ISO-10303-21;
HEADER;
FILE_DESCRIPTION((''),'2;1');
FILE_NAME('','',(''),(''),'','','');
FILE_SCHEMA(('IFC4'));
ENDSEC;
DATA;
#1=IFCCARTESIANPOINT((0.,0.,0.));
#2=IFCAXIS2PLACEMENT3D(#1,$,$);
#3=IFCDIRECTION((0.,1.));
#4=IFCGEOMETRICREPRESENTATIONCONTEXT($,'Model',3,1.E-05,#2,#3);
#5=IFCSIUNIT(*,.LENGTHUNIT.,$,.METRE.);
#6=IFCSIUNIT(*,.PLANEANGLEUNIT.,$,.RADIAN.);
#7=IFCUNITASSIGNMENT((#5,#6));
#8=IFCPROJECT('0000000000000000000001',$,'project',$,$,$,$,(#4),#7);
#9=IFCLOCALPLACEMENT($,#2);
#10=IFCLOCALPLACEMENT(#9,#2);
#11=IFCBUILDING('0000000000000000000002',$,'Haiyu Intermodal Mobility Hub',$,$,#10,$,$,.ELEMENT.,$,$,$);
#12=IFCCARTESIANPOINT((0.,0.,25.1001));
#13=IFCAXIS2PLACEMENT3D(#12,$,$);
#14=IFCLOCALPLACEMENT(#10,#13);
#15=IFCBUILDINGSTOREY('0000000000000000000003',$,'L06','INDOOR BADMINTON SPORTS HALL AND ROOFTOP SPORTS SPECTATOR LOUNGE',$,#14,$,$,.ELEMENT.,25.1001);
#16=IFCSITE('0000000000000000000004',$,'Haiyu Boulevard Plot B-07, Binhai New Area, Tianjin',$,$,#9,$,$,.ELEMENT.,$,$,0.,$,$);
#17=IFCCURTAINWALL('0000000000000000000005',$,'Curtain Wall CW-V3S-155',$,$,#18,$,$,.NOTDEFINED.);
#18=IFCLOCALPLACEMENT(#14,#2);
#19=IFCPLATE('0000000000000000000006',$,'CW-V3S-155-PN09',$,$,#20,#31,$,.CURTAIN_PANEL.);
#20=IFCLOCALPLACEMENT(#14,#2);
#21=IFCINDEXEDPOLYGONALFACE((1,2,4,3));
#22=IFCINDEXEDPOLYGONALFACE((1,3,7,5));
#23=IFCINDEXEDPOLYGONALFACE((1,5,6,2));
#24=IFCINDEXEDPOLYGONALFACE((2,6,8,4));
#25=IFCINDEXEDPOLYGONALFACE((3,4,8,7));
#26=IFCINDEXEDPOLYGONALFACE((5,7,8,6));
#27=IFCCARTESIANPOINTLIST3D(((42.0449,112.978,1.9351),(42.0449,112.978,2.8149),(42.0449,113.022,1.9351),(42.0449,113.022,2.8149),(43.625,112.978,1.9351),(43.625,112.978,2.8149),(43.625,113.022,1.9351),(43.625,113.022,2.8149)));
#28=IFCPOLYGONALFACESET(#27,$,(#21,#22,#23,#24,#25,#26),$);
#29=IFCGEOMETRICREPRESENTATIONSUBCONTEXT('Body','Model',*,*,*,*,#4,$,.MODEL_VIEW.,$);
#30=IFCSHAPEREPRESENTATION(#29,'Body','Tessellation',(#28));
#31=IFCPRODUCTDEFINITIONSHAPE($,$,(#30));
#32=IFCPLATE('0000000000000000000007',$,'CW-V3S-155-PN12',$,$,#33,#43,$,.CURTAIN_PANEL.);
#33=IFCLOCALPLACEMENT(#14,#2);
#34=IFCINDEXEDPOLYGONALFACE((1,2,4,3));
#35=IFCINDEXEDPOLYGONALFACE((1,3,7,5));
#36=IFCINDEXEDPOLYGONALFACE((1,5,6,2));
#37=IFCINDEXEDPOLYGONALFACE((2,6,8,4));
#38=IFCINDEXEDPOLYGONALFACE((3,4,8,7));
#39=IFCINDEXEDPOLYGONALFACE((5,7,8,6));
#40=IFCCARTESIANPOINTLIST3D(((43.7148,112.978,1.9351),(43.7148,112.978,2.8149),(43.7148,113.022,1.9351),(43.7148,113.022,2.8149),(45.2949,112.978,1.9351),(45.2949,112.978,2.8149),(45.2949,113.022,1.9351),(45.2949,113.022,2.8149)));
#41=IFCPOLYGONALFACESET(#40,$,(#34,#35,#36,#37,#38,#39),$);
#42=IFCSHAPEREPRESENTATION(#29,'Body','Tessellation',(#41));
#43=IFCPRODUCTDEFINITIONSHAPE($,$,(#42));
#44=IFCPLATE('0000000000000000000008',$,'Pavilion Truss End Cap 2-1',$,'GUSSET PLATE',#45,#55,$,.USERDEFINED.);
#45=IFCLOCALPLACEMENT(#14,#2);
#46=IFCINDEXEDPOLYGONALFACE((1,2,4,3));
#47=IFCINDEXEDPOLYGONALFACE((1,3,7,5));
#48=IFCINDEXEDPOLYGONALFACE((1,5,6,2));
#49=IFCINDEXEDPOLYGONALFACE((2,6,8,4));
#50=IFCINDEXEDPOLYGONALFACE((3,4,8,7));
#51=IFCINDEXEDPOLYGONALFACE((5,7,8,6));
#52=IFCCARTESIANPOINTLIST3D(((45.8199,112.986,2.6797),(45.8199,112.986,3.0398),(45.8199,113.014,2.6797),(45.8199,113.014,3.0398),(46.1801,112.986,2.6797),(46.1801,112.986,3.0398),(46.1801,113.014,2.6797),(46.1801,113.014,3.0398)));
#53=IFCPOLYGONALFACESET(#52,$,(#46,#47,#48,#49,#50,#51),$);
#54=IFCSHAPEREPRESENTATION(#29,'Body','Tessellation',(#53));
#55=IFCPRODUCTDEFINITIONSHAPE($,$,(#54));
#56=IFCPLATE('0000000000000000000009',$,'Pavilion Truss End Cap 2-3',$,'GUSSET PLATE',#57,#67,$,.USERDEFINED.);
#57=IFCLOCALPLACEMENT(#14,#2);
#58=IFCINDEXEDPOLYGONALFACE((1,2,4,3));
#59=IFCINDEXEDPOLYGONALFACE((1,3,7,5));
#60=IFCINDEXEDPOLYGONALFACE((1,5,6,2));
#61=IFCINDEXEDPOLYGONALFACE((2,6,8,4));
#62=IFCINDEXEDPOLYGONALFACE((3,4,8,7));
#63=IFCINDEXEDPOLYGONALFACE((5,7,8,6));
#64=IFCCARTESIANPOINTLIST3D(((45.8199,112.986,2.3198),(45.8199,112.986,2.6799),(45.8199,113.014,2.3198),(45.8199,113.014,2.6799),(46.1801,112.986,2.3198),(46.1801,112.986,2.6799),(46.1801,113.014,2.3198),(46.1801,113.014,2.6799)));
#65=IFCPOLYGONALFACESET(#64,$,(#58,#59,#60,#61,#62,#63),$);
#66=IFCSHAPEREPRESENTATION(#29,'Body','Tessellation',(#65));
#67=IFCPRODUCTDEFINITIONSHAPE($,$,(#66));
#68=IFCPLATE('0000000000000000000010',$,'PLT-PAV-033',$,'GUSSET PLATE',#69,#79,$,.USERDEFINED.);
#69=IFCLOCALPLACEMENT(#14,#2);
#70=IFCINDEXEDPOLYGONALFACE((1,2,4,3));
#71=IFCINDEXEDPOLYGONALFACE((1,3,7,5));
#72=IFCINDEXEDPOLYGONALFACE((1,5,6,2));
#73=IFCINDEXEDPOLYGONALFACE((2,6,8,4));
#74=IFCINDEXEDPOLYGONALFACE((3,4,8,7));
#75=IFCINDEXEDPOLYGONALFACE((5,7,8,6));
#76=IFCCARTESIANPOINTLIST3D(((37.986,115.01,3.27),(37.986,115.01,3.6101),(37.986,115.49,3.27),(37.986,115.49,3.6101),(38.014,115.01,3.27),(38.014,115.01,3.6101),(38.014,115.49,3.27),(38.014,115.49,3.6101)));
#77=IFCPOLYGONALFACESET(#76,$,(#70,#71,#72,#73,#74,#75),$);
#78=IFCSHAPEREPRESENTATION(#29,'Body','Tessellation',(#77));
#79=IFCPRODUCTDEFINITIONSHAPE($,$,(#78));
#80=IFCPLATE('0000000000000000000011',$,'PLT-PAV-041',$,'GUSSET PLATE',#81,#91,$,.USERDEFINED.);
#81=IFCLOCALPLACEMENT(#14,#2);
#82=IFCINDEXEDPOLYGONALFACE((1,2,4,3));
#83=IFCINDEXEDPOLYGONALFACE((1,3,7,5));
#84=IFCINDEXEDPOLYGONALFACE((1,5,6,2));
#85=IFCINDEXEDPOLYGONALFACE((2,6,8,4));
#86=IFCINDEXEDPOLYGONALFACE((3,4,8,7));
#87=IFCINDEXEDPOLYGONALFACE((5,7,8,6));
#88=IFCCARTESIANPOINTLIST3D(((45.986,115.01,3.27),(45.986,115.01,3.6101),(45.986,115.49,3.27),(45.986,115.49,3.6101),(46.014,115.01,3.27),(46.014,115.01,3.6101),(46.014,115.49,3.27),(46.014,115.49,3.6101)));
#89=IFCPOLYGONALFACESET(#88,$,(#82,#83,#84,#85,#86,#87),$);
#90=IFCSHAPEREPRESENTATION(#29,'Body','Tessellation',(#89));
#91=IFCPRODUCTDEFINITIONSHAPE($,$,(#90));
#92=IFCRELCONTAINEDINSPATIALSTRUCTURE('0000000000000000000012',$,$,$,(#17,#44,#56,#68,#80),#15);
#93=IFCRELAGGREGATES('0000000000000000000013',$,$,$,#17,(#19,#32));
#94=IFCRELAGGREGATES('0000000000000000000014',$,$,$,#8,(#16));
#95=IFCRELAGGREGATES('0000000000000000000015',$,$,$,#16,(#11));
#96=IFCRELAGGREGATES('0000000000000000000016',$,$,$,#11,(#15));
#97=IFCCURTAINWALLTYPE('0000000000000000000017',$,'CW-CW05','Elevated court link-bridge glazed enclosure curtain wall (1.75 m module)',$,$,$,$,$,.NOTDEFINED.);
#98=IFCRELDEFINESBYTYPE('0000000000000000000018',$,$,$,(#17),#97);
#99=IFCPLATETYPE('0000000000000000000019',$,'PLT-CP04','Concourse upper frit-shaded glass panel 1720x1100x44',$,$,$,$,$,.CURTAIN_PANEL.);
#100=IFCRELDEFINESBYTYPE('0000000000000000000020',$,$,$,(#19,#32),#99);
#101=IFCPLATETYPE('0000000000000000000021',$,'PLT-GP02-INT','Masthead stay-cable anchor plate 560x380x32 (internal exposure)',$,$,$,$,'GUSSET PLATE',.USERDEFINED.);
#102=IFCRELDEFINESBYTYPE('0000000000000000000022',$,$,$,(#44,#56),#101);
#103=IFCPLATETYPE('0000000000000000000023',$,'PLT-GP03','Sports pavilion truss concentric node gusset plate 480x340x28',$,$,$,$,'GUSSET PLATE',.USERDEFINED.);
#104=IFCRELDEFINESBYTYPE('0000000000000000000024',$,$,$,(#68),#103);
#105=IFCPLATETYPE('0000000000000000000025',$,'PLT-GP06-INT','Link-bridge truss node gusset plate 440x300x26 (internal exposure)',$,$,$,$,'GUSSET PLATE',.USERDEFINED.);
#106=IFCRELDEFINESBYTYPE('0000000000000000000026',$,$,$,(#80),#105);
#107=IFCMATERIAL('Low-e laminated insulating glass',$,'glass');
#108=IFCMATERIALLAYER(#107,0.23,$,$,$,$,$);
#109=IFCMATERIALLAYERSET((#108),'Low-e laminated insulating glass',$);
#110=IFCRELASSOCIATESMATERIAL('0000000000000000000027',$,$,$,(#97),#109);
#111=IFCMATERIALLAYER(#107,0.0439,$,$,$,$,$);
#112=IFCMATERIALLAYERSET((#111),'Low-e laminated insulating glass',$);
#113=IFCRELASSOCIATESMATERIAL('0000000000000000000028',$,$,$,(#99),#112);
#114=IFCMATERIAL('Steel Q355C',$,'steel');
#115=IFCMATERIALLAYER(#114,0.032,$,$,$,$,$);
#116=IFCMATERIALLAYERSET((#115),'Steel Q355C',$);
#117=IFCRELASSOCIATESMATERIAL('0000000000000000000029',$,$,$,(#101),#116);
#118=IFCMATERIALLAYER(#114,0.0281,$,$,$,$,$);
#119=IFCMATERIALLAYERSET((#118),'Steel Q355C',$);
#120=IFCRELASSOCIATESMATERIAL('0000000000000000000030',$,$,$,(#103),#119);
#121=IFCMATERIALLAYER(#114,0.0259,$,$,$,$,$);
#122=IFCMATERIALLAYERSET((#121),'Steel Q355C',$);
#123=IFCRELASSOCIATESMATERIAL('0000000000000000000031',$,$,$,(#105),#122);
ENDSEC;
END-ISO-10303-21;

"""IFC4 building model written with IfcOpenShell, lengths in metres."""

from ifc_helpers import new_model, si_unit, direction, frame, origin, origin_2d, place, context, subcontext, project, spatial, rectangle, extrude, material, layer, layer_set, type_object, element, aggregate, save


model = new_model("IFC4")

# Units and contexts
model_context = context("Model", 3, precision=1e-05, world=origin(), true_north=direction((0.0, 1.0)))
body_context = subcontext(model_context, "Body", "Model", "MODEL_VIEW")
ifc_project = project(units=[si_unit("LENGTHUNIT", "METRE"), si_unit("PLANEANGLEUNIT", "RADIAN")], contexts=[model_context])

# Site, building, storey
site_placement = place(None, origin())
site = spatial("IfcSite", under=ifc_project, at=site_placement, Name="Haiyu Boulevard Plot B-07, Binhai New Area, Tianjin", CompositionType="ELEMENT", RefElevation=0.0)
building_placement = place(site_placement, origin())
building = spatial("IfcBuilding", under=site, at=building_placement, Name="Haiyu Intermodal Mobility Hub", CompositionType="ELEMENT")
storey_placement = place(building_placement, frame((0.0, 0.0, 25.1001)))
storey = spatial("IfcBuildingStorey", under=building, at=storey_placement, Name="L06", Description="INDOOR BADMINTON SPORTS HALL AND ROOFTOP SPORTS SPECTATOR LOUNGE", CompositionType="ELEMENT", Elevation=25.1001)

# Shared definitions
ifc_material_1 = material(Name="Steel Q355C", Category="steel")

# Curtain wall
ifc_material_2 = material(Name="Low-e laminated insulating glass", Category="glass")
ifc_layer_1 = layer(ifc_material_2, 0.23)
ifc_layer_set_1 = layer_set([ifc_layer_1], Name="Low-e laminated insulating glass")
curtain_wall_type = type_object("IfcCurtainWallType", Name="CW-CW05", Description="Elevated court link-bridge glazed enclosure curtain wall (1.75 m module)", PredefinedType="NOTDEFINED", material=ifc_layer_set_1)
curtain_wall_1_placement = place(storey_placement, origin())
curtain_wall_1 = element("IfcCurtainWall", 1, at=curtain_wall_1_placement, inside=storey, type_object=curtain_wall_type, Name="Curtain Wall CW-V3S-155", PredefinedType="NOTDEFINED")

# Plates
ifc_layer_2 = layer(ifc_material_2, 0.0439)
ifc_layer_set_2 = layer_set([ifc_layer_2], Name="Low-e laminated insulating glass")
plate_type_1 = type_object("IfcPlateType", Name="PLT-CP04", Description="Concourse upper frit-shaded glass panel 1720x1100x44", PredefinedType="CURTAIN_PANEL", material=ifc_layer_set_2)
plate_1_placement = place(storey_placement, frame((42.835, 113.0, 1.9351), z_axis=(0.0, 0.0, 1.0), x_axis=(1.0, 0.0, 0.0)))
plate_1 = element("IfcPlate", 2, at=plate_1_placement, type_object=plate_type_1, Name="CW-V3S-155-PN09", PredefinedType="CURTAIN_PANEL", context=body_context, shape_type="SweptSolid", body=[
    extrude(rectangle(XDim=1.5801, YDim=0.0439, at=origin_2d()), origin(), (0.0, 0.0, 1.0), 0.8799),
])
plate_2_placement = place(storey_placement, frame((44.5049, 113.0, 1.9351), z_axis=(0.0, 0.0, 1.0), x_axis=(1.0, 0.0, 0.0)))
plate_2 = element("IfcPlate", 3, at=plate_2_placement, type_object=plate_type_1, Name="CW-V3S-155-PN12", PredefinedType="CURTAIN_PANEL", context=body_context, shape_type="SweptSolid", body=[
    extrude(rectangle(XDim=1.5801, YDim=0.0439, at=origin_2d()), origin(), (0.0, 0.0, 1.0), 0.8799),
])
aggregate(curtain_wall_1, [plate_1, plate_2])

# Plates
ifc_layer_3 = layer(ifc_material_1, 0.032)
ifc_layer_set_3 = layer_set([ifc_layer_3], Name="Steel Q355C")
plate_type_2 = type_object("IfcPlateType", Name="PLT-GP02-INT", Description="Masthead stay-cable anchor plate 560x380x32 (internal exposure)", ElementType="GUSSET PLATE", PredefinedType="USERDEFINED", material=ifc_layer_set_3)
for number, where, z_axis, x_axis, name in (
    (4, (46.0, 113.0, 2.6797), (0.0, 0.0, 1.0), (1.0, 0.0, 0.0), "Pavilion Truss End Cap 2-1"),
    (5, (46.0, 113.0, 2.3198), (0.0, 0.0, 1.0), (1.0, 0.0, 0.0), "Pavilion Truss End Cap 2-3"),
):
    element("IfcPlate", number, at=place(storey_placement, frame(where, z_axis=z_axis, x_axis=x_axis)), inside=storey, type_object=plate_type_2, Name=name, ObjectType="GUSSET PLATE", PredefinedType="USERDEFINED", context=body_context, shape_type="SweptSolid", body=[
        extrude(rectangle(XDim=0.3601, YDim=0.0281, at=origin_2d()), origin(), (0.0, 0.0, 1.0), 0.3601),
    ])
ifc_layer_4 = layer(ifc_material_1, 0.0281)
ifc_layer_set_4 = layer_set([ifc_layer_4], Name="Steel Q355C")
plate_type_3 = type_object("IfcPlateType", Name="PLT-GP03", Description="Sports pavilion truss concentric node gusset plate 480x340x28", ElementType="GUSSET PLATE", PredefinedType="USERDEFINED", material=ifc_layer_set_4)
plate_3_placement = place(storey_placement, frame((38.0, 115.25, 3.27), z_axis=(0.0, 0.0, 1.0), x_axis=(1.0, 0.0, 0.0)))
element("IfcPlate", 6, at=plate_3_placement, inside=storey, type_object=plate_type_3, Name="PLT-PAV-033", ObjectType="GUSSET PLATE", PredefinedType="USERDEFINED", context=body_context, shape_type="SweptSolid", body=[
    extrude(rectangle(XDim=0.0281, YDim=0.48, at=origin_2d()), origin(), (0.0, 0.0, 1.0), 0.3401),
])
ifc_layer_5 = layer(ifc_material_1, 0.0259)
ifc_layer_set_5 = layer_set([ifc_layer_5], Name="Steel Q355C")
plate_type_4 = type_object("IfcPlateType", Name="PLT-GP06-INT", Description="Link-bridge truss node gusset plate 440x300x26 (internal exposure)", ElementType="GUSSET PLATE", PredefinedType="USERDEFINED", material=ifc_layer_set_5)
plate_4_placement = place(storey_placement, frame((46.0, 115.25, 3.27), z_axis=(0.0, 0.0, 1.0), x_axis=(1.0, 0.0, 0.0)))
element("IfcPlate", 7, at=plate_4_placement, inside=storey, type_object=plate_type_4, Name="PLT-PAV-041", ObjectType="GUSSET PLATE", PredefinedType="USERDEFINED", context=body_context, shape_type="SweptSolid", body=[
    extrude(rectangle(XDim=0.0281, YDim=0.48, at=origin_2d()), origin(), (0.0, 0.0, 1.0), 0.3401),
])

save(model, "model.ifc")
